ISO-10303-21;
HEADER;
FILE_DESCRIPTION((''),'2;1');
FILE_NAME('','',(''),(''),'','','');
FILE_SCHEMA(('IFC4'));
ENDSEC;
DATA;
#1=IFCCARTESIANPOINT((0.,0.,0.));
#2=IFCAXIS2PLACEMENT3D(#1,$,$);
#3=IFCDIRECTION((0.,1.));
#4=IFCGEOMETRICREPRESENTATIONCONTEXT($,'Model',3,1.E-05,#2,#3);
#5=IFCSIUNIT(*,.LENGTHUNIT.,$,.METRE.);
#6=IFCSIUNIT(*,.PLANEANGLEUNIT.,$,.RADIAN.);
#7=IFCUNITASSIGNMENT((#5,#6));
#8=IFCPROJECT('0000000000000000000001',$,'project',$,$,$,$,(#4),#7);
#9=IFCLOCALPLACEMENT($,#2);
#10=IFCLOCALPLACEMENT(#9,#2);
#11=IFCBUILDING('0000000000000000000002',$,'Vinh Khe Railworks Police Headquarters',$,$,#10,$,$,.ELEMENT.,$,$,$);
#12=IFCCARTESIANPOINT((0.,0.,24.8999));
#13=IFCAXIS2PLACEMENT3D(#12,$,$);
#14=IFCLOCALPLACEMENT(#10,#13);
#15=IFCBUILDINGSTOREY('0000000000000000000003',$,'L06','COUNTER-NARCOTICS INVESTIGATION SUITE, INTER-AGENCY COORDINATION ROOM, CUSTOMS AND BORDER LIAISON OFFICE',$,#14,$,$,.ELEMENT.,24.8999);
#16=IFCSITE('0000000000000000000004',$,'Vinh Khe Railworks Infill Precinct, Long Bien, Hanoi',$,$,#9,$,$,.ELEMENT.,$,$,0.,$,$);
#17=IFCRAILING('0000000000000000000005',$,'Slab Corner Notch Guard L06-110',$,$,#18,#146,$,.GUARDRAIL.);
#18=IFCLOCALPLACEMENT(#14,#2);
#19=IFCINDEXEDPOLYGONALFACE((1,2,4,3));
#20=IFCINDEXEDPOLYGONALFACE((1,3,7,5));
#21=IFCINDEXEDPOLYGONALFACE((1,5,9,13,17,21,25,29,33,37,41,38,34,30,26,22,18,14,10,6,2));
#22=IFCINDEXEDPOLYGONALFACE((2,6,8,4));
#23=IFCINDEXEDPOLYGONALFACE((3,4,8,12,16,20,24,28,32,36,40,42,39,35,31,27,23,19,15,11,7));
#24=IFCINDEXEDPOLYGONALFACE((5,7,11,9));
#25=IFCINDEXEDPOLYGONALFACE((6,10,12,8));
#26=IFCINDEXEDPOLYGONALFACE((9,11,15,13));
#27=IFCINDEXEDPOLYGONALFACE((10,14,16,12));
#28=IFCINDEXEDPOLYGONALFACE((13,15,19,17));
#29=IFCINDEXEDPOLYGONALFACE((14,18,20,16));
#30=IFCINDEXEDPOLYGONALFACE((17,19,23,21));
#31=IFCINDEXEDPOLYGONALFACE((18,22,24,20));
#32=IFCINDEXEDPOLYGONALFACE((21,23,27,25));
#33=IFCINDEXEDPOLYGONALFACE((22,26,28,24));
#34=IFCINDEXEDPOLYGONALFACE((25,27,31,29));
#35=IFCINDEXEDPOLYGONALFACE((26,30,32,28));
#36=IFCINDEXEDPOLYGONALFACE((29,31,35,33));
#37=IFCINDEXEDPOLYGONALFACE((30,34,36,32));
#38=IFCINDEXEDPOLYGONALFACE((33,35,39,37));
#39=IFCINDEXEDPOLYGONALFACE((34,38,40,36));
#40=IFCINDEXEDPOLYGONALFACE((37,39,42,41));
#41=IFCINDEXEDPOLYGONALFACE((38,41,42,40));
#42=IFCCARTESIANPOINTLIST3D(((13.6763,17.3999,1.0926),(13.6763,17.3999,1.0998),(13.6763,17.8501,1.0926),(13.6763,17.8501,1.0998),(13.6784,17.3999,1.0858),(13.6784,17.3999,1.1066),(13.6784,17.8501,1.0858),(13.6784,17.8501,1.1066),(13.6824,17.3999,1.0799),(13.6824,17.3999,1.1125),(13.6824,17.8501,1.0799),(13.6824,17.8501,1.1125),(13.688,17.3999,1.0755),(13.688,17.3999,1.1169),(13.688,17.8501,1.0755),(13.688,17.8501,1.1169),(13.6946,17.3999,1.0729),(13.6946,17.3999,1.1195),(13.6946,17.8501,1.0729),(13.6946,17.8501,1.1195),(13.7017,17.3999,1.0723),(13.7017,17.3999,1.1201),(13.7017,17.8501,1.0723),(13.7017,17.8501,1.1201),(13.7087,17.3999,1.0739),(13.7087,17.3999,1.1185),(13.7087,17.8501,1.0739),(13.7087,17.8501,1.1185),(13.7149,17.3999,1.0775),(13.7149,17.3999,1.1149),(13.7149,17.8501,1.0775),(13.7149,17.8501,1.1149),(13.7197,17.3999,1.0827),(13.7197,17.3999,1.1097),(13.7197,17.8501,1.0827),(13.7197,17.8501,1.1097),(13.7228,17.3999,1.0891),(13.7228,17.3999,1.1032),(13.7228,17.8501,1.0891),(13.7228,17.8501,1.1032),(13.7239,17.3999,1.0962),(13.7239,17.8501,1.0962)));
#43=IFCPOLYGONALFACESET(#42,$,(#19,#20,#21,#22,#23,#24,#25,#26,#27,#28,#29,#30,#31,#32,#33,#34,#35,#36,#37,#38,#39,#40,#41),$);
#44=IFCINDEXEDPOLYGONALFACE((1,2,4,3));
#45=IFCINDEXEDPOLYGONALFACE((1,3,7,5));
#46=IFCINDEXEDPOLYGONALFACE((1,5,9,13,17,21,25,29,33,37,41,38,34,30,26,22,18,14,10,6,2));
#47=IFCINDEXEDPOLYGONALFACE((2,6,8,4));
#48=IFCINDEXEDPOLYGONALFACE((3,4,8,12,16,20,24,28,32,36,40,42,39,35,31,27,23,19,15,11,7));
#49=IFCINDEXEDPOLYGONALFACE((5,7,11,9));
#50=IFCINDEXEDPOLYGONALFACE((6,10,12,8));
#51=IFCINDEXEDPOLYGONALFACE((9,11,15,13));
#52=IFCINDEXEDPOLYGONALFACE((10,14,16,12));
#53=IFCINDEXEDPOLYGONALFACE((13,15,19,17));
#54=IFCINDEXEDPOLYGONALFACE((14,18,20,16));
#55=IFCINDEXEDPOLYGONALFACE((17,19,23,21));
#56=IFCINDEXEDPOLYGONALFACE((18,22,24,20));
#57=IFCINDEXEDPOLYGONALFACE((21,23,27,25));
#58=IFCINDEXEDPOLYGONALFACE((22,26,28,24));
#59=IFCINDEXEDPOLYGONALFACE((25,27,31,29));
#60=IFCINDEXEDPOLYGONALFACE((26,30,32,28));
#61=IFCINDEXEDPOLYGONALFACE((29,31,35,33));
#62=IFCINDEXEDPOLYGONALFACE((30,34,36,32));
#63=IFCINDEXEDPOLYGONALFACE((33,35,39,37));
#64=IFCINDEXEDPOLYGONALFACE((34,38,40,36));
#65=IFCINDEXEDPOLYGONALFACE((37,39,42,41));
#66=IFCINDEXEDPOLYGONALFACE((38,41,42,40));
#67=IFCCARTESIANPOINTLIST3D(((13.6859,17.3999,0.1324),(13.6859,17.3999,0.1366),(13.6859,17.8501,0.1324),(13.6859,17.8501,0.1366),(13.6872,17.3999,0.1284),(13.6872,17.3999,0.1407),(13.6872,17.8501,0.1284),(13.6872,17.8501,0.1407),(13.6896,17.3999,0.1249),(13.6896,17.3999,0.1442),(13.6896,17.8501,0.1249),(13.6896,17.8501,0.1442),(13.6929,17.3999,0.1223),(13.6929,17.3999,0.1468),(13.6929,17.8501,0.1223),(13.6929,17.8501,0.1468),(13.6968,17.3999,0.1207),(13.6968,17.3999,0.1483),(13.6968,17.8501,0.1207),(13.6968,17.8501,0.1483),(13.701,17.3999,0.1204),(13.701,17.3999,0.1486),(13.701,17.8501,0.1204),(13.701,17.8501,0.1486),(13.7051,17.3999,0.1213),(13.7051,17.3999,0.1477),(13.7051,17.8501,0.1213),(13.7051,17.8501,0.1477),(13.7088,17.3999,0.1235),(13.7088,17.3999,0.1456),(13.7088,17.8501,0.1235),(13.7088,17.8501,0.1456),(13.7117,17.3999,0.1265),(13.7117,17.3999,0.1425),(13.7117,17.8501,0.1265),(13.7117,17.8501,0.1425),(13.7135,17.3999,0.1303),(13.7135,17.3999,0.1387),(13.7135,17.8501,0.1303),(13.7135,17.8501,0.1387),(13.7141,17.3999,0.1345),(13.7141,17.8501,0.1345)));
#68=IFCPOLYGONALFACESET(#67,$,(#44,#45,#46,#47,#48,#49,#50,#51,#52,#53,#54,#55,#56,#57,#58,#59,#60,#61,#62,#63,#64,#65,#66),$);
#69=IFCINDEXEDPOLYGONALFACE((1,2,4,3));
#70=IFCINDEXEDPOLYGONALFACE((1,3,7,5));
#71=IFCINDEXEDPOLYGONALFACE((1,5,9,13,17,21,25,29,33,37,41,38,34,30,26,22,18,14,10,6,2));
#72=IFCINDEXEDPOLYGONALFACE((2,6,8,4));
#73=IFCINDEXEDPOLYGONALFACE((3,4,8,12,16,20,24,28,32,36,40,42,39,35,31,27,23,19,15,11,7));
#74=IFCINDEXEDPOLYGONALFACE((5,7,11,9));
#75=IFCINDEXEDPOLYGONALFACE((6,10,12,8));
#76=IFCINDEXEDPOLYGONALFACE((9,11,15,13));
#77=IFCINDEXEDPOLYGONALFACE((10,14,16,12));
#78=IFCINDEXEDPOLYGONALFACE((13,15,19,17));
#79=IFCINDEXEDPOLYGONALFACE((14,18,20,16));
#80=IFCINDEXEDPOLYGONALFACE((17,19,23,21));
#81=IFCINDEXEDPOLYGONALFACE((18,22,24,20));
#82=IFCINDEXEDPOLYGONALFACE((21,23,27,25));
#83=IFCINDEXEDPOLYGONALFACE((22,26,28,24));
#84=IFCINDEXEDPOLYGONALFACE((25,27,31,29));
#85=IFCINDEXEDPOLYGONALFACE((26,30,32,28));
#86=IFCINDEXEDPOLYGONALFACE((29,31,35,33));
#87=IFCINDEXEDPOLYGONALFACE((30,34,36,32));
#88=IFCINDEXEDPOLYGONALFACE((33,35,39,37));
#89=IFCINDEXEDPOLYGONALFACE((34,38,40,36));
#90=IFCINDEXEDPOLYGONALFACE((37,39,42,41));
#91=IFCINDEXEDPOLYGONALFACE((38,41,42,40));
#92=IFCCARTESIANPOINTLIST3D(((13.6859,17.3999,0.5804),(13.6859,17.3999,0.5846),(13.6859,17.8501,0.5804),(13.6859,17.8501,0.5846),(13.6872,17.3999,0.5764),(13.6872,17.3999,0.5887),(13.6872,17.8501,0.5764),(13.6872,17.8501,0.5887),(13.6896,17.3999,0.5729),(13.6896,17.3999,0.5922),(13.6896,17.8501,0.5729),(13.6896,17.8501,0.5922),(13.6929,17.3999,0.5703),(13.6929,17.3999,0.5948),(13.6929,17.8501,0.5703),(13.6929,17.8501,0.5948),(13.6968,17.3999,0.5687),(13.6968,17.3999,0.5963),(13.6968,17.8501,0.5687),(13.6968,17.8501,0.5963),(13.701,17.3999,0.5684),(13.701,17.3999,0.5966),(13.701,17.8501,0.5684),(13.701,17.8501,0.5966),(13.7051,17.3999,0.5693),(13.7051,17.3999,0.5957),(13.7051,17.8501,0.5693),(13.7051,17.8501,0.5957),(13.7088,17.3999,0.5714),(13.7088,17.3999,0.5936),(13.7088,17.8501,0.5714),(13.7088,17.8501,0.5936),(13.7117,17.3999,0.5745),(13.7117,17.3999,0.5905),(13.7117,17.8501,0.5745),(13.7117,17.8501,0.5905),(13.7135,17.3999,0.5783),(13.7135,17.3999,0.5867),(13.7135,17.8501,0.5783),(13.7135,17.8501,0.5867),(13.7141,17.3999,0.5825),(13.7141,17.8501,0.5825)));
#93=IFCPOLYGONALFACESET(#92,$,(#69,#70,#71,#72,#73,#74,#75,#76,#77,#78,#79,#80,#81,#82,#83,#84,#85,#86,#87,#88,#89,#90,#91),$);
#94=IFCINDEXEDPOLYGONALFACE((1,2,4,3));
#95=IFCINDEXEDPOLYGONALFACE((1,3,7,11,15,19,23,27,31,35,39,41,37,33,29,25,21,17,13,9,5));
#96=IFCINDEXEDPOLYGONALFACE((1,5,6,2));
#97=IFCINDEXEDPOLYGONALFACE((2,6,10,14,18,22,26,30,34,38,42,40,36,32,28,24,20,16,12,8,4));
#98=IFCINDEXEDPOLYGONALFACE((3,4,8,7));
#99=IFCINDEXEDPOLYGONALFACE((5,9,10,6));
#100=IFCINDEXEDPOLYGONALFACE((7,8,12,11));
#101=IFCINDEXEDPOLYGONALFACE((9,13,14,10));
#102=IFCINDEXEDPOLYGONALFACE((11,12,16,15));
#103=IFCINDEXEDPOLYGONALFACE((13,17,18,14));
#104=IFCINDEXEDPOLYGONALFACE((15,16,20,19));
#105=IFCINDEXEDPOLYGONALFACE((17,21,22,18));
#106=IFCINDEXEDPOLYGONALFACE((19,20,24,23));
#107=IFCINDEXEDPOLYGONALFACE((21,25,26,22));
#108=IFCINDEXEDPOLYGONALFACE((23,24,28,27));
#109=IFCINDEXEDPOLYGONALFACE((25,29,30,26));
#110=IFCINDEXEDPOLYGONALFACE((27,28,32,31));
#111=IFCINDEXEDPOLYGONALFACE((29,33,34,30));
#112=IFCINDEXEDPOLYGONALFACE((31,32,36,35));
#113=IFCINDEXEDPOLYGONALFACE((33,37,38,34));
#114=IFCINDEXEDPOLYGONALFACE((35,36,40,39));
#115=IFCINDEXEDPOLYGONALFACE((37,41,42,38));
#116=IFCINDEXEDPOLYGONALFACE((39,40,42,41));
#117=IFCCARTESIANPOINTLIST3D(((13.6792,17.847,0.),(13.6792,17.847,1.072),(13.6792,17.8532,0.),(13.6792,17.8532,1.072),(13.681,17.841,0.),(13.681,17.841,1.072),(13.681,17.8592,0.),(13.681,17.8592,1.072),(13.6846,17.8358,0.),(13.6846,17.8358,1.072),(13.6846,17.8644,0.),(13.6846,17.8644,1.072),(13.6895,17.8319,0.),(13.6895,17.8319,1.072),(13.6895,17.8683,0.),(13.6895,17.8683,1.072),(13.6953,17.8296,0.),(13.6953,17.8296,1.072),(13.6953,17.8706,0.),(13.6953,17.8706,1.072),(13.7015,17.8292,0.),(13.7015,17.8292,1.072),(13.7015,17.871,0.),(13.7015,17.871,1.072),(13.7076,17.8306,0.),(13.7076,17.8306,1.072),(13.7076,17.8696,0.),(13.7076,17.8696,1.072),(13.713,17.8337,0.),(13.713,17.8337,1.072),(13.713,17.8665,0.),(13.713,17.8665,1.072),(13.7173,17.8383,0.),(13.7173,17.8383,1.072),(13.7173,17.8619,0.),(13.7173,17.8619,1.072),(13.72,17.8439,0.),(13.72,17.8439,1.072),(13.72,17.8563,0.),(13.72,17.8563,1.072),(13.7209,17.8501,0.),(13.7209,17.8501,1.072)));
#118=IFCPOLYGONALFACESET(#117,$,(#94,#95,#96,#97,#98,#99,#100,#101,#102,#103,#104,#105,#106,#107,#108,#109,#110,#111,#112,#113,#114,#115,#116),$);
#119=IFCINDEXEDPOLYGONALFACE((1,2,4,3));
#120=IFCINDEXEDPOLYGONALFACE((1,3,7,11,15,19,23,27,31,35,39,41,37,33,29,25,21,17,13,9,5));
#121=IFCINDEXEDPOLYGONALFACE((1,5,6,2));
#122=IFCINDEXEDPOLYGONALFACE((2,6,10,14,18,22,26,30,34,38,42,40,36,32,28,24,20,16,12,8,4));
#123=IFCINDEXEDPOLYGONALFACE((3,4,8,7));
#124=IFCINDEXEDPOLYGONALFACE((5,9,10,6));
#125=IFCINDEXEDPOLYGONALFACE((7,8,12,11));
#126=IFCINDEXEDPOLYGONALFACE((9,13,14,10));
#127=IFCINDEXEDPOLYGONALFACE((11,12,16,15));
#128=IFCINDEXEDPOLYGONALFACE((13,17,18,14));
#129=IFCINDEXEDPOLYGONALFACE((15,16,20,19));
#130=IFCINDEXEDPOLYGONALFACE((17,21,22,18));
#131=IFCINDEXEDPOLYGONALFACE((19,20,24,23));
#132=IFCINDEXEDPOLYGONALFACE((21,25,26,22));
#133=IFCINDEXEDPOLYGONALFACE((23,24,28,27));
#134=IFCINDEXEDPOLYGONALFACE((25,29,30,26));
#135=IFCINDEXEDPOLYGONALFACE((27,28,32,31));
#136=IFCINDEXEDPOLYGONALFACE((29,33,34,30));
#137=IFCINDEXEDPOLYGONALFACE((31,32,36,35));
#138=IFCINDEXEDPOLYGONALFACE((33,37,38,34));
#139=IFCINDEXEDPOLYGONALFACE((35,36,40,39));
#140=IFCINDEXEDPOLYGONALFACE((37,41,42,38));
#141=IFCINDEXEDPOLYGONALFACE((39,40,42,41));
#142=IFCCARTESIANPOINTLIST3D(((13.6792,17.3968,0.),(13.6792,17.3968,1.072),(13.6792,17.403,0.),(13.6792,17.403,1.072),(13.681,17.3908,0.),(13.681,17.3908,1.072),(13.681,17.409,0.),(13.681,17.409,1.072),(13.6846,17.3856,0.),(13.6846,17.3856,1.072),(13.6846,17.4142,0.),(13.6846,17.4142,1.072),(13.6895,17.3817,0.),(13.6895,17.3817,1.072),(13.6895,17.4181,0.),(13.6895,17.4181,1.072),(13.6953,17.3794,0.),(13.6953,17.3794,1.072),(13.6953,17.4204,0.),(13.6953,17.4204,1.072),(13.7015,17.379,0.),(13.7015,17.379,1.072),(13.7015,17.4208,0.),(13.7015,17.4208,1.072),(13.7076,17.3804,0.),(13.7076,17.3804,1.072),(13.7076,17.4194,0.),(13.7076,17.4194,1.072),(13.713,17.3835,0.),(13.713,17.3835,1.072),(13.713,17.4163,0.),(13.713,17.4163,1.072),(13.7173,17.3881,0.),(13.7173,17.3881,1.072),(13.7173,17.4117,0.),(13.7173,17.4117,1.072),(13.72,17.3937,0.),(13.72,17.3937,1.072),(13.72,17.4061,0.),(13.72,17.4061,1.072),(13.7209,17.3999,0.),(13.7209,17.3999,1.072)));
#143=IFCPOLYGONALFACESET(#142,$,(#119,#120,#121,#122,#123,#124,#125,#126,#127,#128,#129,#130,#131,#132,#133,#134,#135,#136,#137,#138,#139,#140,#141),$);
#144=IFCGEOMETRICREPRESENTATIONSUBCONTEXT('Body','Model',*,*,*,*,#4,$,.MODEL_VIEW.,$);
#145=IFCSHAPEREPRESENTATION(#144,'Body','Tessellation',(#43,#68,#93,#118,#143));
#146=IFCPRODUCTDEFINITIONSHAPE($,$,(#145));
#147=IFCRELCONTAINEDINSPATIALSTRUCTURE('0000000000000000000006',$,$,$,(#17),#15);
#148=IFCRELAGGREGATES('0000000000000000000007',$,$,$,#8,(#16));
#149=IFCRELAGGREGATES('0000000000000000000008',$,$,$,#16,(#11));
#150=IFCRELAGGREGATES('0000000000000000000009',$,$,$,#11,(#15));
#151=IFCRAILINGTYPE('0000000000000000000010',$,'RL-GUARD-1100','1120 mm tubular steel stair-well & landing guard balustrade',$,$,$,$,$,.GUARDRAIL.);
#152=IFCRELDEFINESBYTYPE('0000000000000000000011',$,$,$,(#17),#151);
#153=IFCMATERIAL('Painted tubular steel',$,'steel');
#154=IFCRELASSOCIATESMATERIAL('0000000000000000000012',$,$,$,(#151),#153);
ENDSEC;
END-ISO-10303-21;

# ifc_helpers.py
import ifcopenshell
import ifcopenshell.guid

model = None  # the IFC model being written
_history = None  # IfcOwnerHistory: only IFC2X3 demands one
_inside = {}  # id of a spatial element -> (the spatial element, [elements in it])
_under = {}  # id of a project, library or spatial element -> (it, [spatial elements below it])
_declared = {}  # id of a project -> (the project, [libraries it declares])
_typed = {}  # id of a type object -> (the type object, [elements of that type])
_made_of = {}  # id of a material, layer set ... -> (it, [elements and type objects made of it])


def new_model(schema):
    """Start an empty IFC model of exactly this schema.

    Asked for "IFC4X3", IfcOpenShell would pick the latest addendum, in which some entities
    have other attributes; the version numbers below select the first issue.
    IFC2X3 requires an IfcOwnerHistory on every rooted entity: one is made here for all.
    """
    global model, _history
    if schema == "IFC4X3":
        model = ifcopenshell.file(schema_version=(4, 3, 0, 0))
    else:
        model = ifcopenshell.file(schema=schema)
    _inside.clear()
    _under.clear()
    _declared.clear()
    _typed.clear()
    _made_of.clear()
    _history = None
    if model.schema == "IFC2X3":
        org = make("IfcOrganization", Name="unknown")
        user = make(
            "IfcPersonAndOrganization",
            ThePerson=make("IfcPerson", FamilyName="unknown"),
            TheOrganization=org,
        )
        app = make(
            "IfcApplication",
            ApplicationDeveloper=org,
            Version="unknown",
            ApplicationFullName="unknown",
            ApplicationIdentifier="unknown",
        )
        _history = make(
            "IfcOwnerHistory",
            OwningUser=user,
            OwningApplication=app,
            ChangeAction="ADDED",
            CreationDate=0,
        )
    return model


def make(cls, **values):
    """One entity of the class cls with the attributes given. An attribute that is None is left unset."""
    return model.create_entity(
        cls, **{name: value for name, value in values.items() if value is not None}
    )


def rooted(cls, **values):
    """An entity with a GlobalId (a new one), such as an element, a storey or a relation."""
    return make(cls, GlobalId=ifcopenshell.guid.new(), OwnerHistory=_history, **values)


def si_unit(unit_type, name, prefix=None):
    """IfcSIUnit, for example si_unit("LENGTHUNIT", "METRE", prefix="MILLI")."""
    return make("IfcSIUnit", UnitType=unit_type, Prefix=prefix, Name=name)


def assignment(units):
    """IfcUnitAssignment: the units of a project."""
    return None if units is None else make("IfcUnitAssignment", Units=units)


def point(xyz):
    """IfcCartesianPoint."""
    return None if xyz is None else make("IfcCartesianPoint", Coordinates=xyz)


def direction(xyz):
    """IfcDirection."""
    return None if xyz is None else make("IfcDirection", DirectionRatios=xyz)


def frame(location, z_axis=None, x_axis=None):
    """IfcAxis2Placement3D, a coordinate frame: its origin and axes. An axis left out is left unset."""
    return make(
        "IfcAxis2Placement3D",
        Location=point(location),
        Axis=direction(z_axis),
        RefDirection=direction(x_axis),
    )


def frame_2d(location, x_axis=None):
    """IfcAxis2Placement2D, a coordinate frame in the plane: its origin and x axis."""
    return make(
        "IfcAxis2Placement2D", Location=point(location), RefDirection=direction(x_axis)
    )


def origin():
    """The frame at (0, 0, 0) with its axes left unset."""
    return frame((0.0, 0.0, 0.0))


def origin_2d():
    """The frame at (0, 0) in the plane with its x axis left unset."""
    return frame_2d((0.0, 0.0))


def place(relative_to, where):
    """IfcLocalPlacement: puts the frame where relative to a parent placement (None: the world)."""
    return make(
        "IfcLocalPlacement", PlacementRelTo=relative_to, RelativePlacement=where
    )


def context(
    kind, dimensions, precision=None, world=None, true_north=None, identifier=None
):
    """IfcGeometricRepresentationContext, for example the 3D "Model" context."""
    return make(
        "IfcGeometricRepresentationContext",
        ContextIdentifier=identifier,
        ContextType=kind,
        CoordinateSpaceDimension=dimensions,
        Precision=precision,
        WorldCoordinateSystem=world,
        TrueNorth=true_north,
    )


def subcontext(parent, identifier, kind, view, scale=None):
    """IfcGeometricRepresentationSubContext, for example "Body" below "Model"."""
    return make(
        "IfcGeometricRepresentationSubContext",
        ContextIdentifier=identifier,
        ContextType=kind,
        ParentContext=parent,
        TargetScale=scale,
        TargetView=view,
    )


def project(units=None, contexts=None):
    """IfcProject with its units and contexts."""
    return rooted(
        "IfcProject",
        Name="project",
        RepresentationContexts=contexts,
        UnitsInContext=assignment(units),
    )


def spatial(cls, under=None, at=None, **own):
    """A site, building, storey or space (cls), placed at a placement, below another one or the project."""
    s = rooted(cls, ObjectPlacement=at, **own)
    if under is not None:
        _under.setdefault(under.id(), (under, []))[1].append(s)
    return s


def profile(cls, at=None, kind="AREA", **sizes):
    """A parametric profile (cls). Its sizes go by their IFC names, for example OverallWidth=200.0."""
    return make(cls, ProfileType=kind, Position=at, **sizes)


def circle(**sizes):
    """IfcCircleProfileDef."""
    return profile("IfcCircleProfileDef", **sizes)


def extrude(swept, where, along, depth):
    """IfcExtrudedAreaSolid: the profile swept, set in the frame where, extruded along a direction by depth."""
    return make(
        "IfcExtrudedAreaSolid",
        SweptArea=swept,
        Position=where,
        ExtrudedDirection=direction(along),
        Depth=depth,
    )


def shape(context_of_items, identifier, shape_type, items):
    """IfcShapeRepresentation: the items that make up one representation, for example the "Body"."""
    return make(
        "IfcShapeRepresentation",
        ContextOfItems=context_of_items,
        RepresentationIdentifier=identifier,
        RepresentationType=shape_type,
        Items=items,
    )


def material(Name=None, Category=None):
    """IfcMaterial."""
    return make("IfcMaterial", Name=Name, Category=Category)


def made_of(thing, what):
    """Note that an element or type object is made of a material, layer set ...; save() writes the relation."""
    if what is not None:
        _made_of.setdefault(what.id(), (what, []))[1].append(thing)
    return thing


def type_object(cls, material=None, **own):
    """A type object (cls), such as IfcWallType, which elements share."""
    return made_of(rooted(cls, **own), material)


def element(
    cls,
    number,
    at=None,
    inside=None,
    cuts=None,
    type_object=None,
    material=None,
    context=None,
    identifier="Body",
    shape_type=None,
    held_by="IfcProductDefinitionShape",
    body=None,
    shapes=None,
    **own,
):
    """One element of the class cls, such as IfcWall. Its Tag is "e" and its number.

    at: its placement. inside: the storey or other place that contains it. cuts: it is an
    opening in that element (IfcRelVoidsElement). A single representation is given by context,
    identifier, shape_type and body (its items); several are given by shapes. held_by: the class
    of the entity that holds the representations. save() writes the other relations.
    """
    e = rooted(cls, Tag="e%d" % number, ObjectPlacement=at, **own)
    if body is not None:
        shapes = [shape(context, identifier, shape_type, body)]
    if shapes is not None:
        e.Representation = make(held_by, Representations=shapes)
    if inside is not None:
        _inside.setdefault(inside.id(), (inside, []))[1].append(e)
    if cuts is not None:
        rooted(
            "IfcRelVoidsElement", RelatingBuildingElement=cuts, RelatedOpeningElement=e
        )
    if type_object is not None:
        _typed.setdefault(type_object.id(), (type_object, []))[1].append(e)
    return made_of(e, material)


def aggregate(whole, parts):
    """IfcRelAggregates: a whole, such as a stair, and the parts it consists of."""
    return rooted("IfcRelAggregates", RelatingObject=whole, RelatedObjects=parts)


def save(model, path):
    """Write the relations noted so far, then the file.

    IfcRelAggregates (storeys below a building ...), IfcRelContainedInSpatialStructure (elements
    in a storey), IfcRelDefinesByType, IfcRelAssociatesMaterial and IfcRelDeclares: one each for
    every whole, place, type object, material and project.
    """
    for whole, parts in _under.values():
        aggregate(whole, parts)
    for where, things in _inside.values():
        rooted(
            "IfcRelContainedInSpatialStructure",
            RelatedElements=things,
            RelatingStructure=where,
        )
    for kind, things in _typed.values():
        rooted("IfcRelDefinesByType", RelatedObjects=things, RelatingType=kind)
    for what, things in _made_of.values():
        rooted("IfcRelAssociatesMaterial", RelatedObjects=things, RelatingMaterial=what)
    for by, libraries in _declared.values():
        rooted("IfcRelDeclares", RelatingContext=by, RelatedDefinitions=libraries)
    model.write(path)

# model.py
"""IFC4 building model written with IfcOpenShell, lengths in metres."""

from ifc_helpers import new_model, si_unit, direction, frame, origin, origin_2d, place, context, subcontext, project, spatial, circle, extrude, material, type_object, element, save


model = new_model("IFC4")

# Units and contexts
model_context = context("Model", 3, precision=1e-05, world=origin(), true_north=direction((0.0, 1.0)))
body_context = subcontext(model_context, "Body", "Model", "MODEL_VIEW")
ifc_project = project(units=[si_unit("LENGTHUNIT", "METRE"), si_unit("PLANEANGLEUNIT", "RADIAN")], contexts=[model_context])

# Site, building, storey
site_placement = place(None, origin())
site = spatial("IfcSite", under=ifc_project, at=site_placement, Name="Vinh Khe Railworks Infill Precinct, Long Bien, Hanoi", CompositionType="ELEMENT", RefElevation=0.0)
building_placement = place(site_placement, origin())
building = spatial("IfcBuilding", under=site, at=building_placement, Name="Vinh Khe Railworks Police Headquarters", CompositionType="ELEMENT")
storey_placement = place(building_placement, frame((0.0, 0.0, 24.8999)))
storey = spatial("IfcBuildingStorey", under=building, at=storey_placement, Name="L06", Description="COUNTER-NARCOTICS INVESTIGATION SUITE, INTER-AGENCY COORDINATION ROOM, CUSTOMS AND BORDER LIAISON OFFICE", CompositionType="ELEMENT", Elevation=24.8999)

# Railing
ifc_material_1 = material(Name="Painted tubular steel", Category="steel")
railing_type = type_object("IfcRailingType", Name="RL-GUARD-1100", Description="1120 mm tubular steel stair-well & landing guard balustrade", PredefinedType="GUARDRAIL", material=ifc_material_1)
railing_1_placement = place(storey_placement, frame((13.7, 17.8501, 0.0)))
element("IfcRailing", 1, at=railing_1_placement, inside=storey, type_object=railing_type, Name="Slab Corner Notch Guard L06-110", PredefinedType="GUARDRAIL", context=body_context, shape_type="SweptSolid", body=[
    extrude(circle(Radius=0.0239, at=origin_2d()), frame((0.0, 0.0, 1.0962), z_axis=(0.0, -1.0, 0.0), x_axis=(1.0, 0.0, 0.0)), (0.0, 0.0, 1.0), 0.4502),
    extrude(circle(Radius=0.0142, at=origin_2d()), frame((0.0, 0.0, 0.1345), z_axis=(0.0, -1.0, 0.0), x_axis=(1.0, 0.0, 0.0)), (0.0, 0.0, 1.0), 0.4502),
    extrude(circle(Radius=0.0142, at=origin_2d()), frame((0.0, 0.0, 0.5825), z_axis=(0.0, -1.0, 0.0), x_axis=(1.0, 0.0, 0.0)), (0.0, 0.0, 1.0), 0.4502),
    extrude(circle(Radius=0.021, at=origin_2d()), origin(), (0.0, 0.0, 1.0), 1.072),
    extrude(circle(Radius=0.021, at=origin_2d()), frame((0.0, -0.4502, 0.0)), (0.0, 0.0, 1.0), 1.072),
])

save(model, "model.ifc")
